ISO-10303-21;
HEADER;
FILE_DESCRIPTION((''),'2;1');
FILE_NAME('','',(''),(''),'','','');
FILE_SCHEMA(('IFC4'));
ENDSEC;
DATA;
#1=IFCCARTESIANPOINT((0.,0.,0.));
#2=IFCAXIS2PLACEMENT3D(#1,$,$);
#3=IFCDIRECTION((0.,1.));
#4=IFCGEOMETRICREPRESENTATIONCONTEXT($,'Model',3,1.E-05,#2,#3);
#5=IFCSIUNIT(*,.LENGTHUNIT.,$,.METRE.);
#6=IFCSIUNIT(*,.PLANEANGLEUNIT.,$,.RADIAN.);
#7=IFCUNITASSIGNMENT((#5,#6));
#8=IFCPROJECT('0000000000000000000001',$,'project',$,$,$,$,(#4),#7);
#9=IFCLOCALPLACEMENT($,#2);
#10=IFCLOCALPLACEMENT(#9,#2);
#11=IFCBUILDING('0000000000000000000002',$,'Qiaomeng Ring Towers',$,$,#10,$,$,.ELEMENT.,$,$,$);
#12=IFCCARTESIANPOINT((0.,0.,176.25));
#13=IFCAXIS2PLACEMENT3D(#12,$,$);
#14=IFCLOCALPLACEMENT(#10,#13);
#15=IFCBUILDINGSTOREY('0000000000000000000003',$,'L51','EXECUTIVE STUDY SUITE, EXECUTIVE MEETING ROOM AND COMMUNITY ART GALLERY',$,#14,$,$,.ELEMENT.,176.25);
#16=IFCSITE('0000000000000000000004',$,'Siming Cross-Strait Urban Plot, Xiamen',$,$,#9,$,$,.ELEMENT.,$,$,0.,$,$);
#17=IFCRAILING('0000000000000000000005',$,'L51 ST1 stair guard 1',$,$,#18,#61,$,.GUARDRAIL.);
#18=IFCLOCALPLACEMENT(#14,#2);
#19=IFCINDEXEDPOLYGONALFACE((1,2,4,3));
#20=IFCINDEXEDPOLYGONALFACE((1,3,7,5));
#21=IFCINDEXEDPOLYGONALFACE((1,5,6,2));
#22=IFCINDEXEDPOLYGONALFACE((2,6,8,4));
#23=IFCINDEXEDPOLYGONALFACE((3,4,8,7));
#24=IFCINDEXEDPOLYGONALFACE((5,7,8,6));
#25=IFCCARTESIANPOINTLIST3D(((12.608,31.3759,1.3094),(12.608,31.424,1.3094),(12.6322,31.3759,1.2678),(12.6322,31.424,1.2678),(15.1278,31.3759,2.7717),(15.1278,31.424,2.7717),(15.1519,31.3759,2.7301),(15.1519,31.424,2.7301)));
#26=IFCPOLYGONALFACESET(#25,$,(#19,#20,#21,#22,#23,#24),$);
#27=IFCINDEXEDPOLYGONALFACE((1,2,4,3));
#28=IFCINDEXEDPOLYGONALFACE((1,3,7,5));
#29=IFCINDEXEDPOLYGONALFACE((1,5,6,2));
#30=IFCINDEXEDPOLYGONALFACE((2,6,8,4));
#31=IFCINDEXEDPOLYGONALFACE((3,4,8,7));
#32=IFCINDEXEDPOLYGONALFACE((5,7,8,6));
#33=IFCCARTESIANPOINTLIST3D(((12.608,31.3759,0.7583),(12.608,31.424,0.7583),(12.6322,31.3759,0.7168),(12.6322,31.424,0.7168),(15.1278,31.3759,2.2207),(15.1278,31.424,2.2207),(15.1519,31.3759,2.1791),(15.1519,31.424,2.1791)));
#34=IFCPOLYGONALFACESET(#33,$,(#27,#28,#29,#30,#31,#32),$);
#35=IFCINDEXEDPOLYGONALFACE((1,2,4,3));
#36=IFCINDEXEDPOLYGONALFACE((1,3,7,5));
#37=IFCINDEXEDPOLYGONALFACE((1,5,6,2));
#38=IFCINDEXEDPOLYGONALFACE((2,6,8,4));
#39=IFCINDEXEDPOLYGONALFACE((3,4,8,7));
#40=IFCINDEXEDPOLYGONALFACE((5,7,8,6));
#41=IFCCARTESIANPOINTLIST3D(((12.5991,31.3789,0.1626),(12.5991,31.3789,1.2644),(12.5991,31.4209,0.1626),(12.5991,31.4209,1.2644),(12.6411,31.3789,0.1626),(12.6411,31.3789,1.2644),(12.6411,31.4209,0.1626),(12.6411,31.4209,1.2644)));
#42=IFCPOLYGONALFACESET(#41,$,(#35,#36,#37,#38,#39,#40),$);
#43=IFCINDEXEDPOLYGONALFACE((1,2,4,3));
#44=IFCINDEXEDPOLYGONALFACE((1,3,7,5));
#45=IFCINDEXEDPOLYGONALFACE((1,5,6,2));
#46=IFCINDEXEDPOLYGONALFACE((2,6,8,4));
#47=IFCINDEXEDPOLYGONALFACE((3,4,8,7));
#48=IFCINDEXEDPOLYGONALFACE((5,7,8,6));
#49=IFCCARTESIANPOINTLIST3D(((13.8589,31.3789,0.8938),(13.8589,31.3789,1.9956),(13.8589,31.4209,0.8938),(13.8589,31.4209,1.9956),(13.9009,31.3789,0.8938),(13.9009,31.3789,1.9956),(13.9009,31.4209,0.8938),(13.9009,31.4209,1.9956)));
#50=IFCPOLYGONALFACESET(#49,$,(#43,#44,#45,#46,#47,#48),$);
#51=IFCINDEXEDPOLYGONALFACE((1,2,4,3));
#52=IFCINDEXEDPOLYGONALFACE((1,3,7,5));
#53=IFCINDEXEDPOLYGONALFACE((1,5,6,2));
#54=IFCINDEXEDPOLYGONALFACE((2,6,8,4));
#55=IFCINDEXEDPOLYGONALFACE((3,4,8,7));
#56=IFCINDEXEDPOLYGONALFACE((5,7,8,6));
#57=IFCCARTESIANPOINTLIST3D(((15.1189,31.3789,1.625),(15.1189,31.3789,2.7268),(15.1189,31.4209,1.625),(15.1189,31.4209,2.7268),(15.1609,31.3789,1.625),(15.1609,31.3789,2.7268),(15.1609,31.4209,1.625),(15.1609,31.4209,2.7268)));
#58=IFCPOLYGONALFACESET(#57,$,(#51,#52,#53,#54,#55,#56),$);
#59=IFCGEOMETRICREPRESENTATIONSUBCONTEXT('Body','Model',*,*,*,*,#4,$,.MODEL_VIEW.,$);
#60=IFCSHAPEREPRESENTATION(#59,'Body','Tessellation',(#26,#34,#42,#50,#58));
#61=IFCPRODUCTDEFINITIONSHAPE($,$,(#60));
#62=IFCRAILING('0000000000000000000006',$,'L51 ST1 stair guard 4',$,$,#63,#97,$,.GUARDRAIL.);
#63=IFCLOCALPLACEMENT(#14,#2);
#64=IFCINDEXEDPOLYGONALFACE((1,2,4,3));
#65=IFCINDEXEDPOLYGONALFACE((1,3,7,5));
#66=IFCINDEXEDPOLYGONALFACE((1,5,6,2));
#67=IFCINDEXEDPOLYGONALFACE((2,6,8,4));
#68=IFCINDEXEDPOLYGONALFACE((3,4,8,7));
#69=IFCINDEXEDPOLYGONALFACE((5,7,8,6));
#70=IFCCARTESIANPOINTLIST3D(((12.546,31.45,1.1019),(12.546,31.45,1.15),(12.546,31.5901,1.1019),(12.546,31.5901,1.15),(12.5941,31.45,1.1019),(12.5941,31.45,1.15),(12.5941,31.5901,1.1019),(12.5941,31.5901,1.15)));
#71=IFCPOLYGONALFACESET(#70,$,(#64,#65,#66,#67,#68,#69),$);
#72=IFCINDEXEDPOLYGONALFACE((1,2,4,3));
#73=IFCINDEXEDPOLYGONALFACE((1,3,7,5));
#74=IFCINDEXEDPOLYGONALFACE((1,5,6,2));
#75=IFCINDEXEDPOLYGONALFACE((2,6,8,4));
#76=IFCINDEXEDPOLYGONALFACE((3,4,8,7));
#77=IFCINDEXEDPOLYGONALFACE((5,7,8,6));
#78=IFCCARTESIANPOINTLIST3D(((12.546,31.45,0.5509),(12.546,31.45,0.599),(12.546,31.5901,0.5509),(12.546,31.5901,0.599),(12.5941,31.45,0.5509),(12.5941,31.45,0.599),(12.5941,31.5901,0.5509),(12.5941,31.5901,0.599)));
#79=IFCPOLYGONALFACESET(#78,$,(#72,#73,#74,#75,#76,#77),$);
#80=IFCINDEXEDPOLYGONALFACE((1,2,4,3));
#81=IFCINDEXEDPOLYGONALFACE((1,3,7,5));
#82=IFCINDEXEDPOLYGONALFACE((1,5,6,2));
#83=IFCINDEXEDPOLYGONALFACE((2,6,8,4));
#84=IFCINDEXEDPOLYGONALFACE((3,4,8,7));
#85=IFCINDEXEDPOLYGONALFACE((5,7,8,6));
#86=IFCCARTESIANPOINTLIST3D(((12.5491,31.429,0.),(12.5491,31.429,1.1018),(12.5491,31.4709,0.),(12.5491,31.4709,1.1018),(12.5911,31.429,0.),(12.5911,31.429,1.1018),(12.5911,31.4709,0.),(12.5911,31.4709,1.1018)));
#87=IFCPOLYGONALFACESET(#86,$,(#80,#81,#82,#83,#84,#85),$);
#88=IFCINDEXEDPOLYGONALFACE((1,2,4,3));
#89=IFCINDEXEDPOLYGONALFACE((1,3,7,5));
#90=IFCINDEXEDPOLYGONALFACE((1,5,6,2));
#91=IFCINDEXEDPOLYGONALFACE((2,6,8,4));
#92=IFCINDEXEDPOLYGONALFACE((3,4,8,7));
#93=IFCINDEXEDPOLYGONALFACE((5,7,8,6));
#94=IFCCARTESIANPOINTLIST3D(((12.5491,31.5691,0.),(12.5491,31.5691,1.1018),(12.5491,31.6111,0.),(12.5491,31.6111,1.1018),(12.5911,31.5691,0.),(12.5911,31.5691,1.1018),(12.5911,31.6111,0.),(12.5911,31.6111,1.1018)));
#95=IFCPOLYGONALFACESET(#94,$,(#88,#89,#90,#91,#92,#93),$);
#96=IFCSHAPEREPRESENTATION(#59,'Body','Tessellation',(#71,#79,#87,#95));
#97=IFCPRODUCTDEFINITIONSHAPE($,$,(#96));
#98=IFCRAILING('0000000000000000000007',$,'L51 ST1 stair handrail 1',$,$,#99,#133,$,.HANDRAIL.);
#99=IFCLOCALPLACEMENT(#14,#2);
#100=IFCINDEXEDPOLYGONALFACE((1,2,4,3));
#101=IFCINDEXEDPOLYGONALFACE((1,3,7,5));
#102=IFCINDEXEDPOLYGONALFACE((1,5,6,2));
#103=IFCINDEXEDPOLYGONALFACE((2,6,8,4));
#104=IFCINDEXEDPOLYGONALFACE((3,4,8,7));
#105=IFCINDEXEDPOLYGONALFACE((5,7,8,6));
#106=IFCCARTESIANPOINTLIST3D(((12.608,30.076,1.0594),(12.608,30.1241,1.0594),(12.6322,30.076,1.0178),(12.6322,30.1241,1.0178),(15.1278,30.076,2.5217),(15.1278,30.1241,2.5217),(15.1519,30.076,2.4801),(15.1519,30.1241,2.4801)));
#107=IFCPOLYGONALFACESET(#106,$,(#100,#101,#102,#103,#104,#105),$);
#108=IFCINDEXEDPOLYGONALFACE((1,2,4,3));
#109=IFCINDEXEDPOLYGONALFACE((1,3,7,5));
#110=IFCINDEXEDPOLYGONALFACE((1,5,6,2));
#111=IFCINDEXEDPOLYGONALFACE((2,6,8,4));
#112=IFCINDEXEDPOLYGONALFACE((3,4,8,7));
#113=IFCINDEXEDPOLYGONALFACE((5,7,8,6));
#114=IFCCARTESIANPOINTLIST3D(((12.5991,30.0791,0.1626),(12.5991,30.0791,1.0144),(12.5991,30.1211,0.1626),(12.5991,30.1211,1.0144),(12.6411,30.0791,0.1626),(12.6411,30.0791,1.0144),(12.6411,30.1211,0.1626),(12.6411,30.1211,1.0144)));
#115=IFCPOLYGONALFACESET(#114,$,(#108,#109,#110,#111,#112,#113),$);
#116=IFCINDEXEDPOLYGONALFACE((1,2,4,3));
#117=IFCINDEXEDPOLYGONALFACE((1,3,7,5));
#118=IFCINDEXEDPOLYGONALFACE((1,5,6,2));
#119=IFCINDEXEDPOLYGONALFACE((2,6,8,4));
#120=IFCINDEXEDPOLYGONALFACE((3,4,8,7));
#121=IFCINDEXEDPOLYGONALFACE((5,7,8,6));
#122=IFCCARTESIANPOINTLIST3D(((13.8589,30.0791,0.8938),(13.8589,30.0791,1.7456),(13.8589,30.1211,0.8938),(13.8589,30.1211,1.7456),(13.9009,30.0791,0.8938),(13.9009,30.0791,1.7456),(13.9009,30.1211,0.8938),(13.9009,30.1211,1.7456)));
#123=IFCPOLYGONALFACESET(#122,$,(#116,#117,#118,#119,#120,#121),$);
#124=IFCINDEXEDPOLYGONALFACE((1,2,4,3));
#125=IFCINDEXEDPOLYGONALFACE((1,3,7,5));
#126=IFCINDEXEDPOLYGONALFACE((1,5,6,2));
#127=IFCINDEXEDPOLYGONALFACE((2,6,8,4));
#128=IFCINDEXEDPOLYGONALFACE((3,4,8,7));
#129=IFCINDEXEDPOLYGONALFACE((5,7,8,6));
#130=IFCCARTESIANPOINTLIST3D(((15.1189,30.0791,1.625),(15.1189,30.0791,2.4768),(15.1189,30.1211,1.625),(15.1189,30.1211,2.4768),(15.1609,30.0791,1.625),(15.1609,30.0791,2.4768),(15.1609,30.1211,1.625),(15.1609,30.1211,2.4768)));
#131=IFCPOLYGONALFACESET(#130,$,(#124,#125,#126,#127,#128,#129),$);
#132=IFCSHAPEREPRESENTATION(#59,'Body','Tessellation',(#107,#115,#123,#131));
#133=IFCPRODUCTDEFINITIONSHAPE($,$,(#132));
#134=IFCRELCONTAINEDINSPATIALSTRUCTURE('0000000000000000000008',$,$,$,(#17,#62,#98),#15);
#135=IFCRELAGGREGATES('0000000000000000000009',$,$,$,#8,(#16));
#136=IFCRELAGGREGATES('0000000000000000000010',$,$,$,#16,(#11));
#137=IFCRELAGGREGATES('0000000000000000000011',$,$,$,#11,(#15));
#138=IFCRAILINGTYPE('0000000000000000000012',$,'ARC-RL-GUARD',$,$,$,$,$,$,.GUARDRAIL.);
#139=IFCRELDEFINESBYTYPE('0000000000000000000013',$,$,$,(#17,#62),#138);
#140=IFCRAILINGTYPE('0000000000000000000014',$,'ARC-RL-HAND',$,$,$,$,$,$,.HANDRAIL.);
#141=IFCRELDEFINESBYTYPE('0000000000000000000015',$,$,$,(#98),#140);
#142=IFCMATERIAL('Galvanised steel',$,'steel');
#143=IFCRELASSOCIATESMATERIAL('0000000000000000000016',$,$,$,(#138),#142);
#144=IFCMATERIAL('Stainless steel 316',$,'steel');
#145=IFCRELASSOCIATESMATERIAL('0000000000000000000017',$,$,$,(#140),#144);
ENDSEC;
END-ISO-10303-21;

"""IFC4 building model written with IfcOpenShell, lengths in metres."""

from ifc_helpers import new_model, si_unit, direction, frame, origin, origin_2d, place, context, subcontext, project, spatial, rectangle, extrude, material, type_object, element, save


model = new_model("IFC4")

# Units and contexts
model_context = context("Model", 3, precision=1e-05, world=origin(), true_north=direction((0.0, 1.0)))
body_context = subcontext(model_context, "Body", "Model", "MODEL_VIEW")
ifc_project = project(units=[si_unit("LENGTHUNIT", "METRE"), si_unit("PLANEANGLEUNIT", "RADIAN")], contexts=[model_context])

# Site, building, storey
site_placement = place(None, origin())
site = spatial("IfcSite", under=ifc_project, at=site_placement, Name="Siming Cross-Strait Urban Plot, Xiamen", CompositionType="ELEMENT", RefElevation=0.0)
building_placement = place(site_placement, origin())
building = spatial("IfcBuilding", under=site, at=building_placement, Name="Qiaomeng Ring Towers", CompositionType="ELEMENT")
storey_placement = place(building_placement, frame((0.0, 0.0, 176.25)))
storey = spatial("IfcBuildingStorey", under=building, at=storey_placement, Name="L51", Description="EXECUTIVE STUDY SUITE, EXECUTIVE MEETING ROOM AND COMMUNITY ART GALLERY", CompositionType="ELEMENT", Elevation=176.25)

# Railings
ifc_material_1 = material(Name="Galvanised steel", Category="steel")
railing_type_1 = type_object("IfcRailingType", Name="ARC-RL-GUARD", PredefinedType="GUARDRAIL", material=ifc_material_1)
railing_1_placement = place(storey_placement, frame((12.6201, 31.3999, 0.1626)))
element("IfcRailing", 1, at=railing_1_placement, inside=storey, type_object=railing_type_1, Name="L51 ST1 stair guard 1", PredefinedType="GUARDRAIL", context=body_context, shape_type="SweptSolid", body=[
    extrude(rectangle(XDim=0.0481, YDim=0.0481, at=origin_2d()), frame((0.0, 0.0, 1.126), z_axis=(0.864892, 0.0, 0.501958), x_axis=(0.0, 1.0, 0.0)), (0.0, 0.0, 1.0), 2.9133),
    extrude(rectangle(XDim=0.0481, YDim=0.0481, at=origin_2d()), frame((0.0, 0.0, 0.575), z_axis=(0.864892, 0.0, 0.501958), x_axis=(0.0, 1.0, 0.0)), (0.0, 0.0, 1.0), 2.9133),
    extrude(rectangle(XDim=0.042, YDim=0.042, at=origin_2d()), origin(), (0.0, 0.0, 1.0), 1.1018),
    extrude(rectangle(XDim=0.042, YDim=0.042, at=origin_2d()), frame((1.2598, 0.0, 0.7312)), (0.0, 0.0, 1.0), 1.1018),
    extrude(rectangle(XDim=0.042, YDim=0.042, at=origin_2d()), frame((2.5198, 0.0, 1.4624)), (0.0, 0.0, 1.0), 1.1018),
])
railing_2_placement = place(storey_placement, frame((12.5701, 31.45, 0.0)))
element("IfcRailing", 2, at=railing_2_placement, inside=storey, type_object=railing_type_1, Name="L51 ST1 stair guard 4", PredefinedType="GUARDRAIL", context=body_context, shape_type="SweptSolid", body=[
    extrude(rectangle(XDim=0.0481, YDim=0.0481, at=origin_2d()), frame((0.0, 0.0, 1.126), z_axis=(0.0, 1.0, 0.0), x_axis=(-1.0, 0.0, 0.0)), (0.0, 0.0, 1.0), 0.1401),
    extrude(rectangle(XDim=0.0481, YDim=0.0481, at=origin_2d()), frame((0.0, 0.0, 0.575), z_axis=(0.0, 1.0, 0.0), x_axis=(-1.0, 0.0, 0.0)), (0.0, 0.0, 1.0), 0.1401),
    extrude(rectangle(XDim=0.042, YDim=0.042, at=origin_2d()), origin(), (0.0, 0.0, 1.0), 1.1018),
    extrude(rectangle(XDim=0.042, YDim=0.042, at=origin_2d()), frame((0.0, 0.1401, 0.0)), (0.0, 0.0, 1.0), 1.1018),
])
ifc_material_2 = material(Name="Stainless steel 316", Category="steel")
railing_type_2 = type_object("IfcRailingType", Name="ARC-RL-HAND", PredefinedType="HANDRAIL", material=ifc_material_2)
railing_3_placement = place(storey_placement, frame((12.6201, 30.1001, 0.1626)))
element("IfcRailing", 3, at=railing_3_placement, inside=storey, type_object=railing_type_2, Name="L51 ST1 stair handrail 1", PredefinedType="HANDRAIL", context=body_context, shape_type="SweptSolid", body=[
    extrude(rectangle(XDim=0.0481, YDim=0.0481, at=origin_2d()), frame((0.0, 0.0, 0.876), z_axis=(0.864892, 0.0, 0.501958), x_axis=(0.0, 1.0, 0.0)), (0.0, 0.0, 1.0), 2.9133),
    extrude(rectangle(XDim=0.042, YDim=0.042, at=origin_2d()), origin(), (0.0, 0.0, 1.0), 0.8518),
    extrude(rectangle(XDim=0.042, YDim=0.042, at=origin_2d()), frame((1.2598, 0.0, 0.7312)), (0.0, 0.0, 1.0), 0.8518),
    extrude(rectangle(XDim=0.042, YDim=0.042, at=origin_2d()), frame((2.5198, 0.0, 1.4624)), (0.0, 0.0, 1.0), 0.8518),
])

save(model, "model.ifc")
